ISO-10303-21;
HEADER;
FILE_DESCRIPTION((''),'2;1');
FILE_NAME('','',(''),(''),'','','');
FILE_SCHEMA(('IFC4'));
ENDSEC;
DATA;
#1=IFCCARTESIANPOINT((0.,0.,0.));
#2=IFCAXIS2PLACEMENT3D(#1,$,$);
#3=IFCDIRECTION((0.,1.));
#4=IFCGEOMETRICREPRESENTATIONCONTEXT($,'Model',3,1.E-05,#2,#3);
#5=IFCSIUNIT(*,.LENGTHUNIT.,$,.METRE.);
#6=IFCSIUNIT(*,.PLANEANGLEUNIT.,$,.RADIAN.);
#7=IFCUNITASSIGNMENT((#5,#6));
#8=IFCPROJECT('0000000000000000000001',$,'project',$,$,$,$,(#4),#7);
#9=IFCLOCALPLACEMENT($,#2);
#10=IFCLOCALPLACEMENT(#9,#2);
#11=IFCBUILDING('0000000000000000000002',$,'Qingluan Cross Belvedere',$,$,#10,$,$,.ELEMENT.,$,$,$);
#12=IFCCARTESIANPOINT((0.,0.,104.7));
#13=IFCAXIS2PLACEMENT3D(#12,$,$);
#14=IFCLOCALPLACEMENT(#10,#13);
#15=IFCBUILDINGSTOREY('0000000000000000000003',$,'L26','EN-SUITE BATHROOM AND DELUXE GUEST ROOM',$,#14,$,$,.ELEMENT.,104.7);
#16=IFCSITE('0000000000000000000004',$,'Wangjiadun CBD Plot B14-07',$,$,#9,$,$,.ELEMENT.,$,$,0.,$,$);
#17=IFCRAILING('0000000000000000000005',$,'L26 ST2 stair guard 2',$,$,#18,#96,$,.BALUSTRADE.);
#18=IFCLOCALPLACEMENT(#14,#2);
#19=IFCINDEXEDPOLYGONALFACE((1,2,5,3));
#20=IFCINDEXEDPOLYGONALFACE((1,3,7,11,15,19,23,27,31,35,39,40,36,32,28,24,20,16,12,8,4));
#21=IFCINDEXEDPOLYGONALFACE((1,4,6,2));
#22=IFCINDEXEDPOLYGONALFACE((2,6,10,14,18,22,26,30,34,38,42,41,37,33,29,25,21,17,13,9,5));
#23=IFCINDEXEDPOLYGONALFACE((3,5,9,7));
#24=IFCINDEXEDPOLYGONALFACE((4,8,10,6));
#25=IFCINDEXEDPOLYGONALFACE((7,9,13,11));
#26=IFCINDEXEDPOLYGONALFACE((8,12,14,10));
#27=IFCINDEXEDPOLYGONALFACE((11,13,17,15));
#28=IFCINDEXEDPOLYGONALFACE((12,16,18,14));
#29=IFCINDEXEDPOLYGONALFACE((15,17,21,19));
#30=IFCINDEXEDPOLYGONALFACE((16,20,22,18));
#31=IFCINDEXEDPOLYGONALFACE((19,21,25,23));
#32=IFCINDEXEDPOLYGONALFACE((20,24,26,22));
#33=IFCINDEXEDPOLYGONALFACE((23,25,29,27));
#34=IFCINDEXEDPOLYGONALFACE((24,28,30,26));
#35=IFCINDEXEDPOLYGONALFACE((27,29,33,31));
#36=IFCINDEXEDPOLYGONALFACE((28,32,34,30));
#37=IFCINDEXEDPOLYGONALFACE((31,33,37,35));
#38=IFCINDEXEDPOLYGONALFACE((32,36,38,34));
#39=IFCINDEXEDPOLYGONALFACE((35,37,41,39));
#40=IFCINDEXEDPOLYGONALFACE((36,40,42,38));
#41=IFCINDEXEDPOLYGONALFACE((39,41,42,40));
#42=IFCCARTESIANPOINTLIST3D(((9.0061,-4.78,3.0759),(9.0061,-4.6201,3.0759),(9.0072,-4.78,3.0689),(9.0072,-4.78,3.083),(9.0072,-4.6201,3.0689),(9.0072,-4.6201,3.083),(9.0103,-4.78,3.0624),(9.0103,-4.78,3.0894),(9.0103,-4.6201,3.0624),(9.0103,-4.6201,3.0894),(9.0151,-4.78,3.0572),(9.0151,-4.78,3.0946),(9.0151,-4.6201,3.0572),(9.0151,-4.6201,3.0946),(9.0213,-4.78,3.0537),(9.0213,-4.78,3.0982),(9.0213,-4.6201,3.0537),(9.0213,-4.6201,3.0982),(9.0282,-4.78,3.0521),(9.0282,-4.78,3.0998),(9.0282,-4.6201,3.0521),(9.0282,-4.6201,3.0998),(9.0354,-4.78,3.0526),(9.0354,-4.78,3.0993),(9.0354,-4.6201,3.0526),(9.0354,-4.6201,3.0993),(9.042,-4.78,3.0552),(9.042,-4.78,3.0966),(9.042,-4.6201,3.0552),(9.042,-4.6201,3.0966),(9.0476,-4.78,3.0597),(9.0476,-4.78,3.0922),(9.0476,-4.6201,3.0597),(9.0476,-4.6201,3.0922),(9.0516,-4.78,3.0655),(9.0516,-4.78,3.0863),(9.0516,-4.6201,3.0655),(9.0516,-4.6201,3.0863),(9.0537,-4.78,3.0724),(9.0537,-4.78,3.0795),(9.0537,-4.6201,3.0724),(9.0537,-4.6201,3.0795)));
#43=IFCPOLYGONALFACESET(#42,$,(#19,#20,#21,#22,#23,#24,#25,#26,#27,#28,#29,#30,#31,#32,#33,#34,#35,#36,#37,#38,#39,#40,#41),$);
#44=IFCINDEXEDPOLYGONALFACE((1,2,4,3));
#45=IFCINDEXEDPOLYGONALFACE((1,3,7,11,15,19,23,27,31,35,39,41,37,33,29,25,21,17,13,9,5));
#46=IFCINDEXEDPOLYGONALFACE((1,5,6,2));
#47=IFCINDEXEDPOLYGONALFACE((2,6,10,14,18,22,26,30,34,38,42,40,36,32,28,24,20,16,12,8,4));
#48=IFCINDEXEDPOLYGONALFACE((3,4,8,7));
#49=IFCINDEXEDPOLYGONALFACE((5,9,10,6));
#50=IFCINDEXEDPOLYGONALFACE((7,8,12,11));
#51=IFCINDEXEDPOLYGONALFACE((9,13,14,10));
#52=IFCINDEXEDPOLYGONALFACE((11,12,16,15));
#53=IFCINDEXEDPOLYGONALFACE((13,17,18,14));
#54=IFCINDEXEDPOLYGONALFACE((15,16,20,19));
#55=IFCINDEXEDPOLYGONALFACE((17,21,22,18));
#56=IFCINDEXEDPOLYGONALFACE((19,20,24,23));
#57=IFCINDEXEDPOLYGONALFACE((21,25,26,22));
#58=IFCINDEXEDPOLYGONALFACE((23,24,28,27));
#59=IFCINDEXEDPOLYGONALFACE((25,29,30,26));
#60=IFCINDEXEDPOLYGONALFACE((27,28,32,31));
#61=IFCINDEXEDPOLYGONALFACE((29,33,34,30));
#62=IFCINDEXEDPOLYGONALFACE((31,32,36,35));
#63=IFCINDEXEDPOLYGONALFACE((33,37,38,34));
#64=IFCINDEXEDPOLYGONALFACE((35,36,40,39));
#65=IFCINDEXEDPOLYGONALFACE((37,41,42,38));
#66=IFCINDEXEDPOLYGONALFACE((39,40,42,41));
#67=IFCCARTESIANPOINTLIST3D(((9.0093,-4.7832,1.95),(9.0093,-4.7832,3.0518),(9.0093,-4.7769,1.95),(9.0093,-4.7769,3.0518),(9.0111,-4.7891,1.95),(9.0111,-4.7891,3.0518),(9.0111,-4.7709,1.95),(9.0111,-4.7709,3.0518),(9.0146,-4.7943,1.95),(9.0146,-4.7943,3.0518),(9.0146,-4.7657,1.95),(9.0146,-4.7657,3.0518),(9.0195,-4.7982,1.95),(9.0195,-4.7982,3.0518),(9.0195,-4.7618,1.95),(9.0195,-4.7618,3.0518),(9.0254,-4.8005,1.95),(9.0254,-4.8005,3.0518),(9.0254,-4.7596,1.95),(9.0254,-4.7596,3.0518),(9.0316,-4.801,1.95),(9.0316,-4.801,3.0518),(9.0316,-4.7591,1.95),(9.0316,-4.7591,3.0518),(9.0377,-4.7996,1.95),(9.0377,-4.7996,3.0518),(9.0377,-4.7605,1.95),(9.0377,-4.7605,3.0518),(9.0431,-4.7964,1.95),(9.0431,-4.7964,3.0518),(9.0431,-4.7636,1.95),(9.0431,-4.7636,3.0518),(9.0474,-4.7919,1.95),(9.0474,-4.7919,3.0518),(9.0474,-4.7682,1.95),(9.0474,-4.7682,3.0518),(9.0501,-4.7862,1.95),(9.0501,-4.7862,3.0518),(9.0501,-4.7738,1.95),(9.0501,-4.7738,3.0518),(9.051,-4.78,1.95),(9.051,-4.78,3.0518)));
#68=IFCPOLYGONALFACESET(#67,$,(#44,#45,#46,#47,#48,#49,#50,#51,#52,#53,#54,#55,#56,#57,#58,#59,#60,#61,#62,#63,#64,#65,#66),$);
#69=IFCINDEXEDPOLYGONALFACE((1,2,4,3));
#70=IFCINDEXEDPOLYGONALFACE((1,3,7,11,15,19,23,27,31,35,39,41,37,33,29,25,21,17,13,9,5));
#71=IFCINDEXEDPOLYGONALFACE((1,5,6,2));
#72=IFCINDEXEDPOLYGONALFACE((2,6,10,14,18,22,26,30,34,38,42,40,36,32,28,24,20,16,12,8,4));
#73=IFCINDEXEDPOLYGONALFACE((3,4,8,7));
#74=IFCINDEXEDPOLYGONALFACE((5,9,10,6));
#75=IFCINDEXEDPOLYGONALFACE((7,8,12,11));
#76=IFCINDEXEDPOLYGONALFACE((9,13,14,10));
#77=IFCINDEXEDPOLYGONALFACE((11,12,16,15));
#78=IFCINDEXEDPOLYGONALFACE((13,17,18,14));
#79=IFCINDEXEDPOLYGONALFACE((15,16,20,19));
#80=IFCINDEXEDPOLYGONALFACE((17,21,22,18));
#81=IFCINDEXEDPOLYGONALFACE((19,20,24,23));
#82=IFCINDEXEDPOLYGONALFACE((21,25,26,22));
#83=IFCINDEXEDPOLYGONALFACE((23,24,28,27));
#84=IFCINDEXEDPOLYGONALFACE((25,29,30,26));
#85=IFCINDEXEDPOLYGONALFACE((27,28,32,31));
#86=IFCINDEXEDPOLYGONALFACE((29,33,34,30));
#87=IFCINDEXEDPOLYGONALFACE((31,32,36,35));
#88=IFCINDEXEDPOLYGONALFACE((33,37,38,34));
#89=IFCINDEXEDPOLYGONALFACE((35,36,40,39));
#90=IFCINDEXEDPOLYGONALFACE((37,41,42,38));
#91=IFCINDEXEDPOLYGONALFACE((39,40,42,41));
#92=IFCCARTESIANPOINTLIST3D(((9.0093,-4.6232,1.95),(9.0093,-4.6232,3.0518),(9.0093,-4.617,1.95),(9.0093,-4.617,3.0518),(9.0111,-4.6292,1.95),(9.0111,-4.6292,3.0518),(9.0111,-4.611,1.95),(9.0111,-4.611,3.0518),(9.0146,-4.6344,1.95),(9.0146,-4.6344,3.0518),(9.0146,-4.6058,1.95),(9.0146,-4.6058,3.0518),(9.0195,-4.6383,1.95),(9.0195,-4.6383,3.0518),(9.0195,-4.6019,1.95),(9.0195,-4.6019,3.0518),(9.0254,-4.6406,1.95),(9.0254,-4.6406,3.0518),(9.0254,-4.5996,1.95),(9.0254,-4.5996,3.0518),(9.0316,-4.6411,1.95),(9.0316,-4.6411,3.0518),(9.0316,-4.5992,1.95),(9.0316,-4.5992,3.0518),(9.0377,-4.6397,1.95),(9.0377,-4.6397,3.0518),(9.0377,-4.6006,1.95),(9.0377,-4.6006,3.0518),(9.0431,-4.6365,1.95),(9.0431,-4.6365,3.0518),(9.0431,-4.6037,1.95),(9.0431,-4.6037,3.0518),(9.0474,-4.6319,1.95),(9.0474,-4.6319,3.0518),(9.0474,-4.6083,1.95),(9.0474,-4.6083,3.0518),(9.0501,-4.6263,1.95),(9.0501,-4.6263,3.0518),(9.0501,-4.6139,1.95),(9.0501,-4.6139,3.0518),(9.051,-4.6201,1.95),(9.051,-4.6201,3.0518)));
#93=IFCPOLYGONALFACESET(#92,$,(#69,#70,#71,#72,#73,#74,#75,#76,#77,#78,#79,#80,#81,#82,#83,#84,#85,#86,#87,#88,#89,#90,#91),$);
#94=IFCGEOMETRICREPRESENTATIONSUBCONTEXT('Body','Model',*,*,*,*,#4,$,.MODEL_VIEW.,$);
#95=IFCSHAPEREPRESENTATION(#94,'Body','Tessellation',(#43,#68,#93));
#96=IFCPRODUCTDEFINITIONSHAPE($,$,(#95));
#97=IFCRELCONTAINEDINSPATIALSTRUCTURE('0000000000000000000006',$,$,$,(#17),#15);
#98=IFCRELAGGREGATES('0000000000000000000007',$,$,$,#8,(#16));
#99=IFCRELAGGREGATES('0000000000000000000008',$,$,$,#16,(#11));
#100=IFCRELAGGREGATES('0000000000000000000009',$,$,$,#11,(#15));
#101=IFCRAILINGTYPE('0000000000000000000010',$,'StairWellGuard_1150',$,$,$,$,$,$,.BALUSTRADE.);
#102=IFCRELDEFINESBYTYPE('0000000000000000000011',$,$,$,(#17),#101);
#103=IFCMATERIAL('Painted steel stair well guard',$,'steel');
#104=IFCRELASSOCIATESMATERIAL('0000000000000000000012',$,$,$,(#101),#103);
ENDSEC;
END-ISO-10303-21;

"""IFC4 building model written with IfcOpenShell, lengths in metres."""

from ifc_helpers import new_model, si_unit, direction, frame, origin, origin_2d, place, context, subcontext, project, spatial, circle, extrude, material, type_object, element, save


model = new_model("IFC4")

# Units and contexts
model_context = context("Model", 3, precision=1e-05, world=origin(), true_north=direction((0.0, 1.0)))
body_context = subcontext(model_context, "Body", "Model", "MODEL_VIEW")
ifc_project = project(units=[si_unit("LENGTHUNIT", "METRE"), si_unit("PLANEANGLEUNIT", "RADIAN")], contexts=[model_context])

# Site, building, storey
site_placement = place(None, origin())
site = spatial("IfcSite", under=ifc_project, at=site_placement, Name="Wangjiadun CBD Plot B14-07", CompositionType="ELEMENT", RefElevation=0.0)
building_placement = place(site_placement, origin())
building = spatial("IfcBuilding", under=site, at=building_placement, Name="Qingluan Cross Belvedere", CompositionType="ELEMENT")
storey_placement = place(building_placement, frame((0.0, 0.0, 104.7)))
storey = spatial("IfcBuildingStorey", under=building, at=storey_placement, Name="L26", Description="EN-SUITE BATHROOM AND DELUXE GUEST ROOM", CompositionType="ELEMENT", Elevation=104.7)

# Railing
ifc_material_1 = material(Name="Painted steel stair well guard", Category="steel")
railing_type_1 = type_object("IfcRailingType", Name="StairWellGuard_1150", PredefinedType="BALUSTRADE", material=ifc_material_1)
railing_1_placement = place(storey_placement, frame((9.03, -4.78, 1.95)))
element("IfcRailing", 1, at=railing_1_placement, inside=storey, type_object=railing_type_1, Name="L26 ST2 stair guard 2", PredefinedType="BALUSTRADE", context=body_context, shape_type="SweptSolid", body=[
    extrude(circle(Radius=0.0239, at=origin_2d()), frame((0.0, 0.0, 1.126), z_axis=(0.0, 1.0, 0.0), x_axis=(-1.0, 0.0, 0.0)), (0.0, 0.0, 1.0), 0.1599),
    extrude(circle(Radius=0.021, at=origin_2d()), origin(), (0.0, 0.0, 1.0), 1.1018),
    extrude(circle(Radius=0.021, at=origin_2d()), frame((0.0, 0.1599, 0.0)), (0.0, 0.0, 1.0), 1.1018),
])

save(model, "model.ifc")
